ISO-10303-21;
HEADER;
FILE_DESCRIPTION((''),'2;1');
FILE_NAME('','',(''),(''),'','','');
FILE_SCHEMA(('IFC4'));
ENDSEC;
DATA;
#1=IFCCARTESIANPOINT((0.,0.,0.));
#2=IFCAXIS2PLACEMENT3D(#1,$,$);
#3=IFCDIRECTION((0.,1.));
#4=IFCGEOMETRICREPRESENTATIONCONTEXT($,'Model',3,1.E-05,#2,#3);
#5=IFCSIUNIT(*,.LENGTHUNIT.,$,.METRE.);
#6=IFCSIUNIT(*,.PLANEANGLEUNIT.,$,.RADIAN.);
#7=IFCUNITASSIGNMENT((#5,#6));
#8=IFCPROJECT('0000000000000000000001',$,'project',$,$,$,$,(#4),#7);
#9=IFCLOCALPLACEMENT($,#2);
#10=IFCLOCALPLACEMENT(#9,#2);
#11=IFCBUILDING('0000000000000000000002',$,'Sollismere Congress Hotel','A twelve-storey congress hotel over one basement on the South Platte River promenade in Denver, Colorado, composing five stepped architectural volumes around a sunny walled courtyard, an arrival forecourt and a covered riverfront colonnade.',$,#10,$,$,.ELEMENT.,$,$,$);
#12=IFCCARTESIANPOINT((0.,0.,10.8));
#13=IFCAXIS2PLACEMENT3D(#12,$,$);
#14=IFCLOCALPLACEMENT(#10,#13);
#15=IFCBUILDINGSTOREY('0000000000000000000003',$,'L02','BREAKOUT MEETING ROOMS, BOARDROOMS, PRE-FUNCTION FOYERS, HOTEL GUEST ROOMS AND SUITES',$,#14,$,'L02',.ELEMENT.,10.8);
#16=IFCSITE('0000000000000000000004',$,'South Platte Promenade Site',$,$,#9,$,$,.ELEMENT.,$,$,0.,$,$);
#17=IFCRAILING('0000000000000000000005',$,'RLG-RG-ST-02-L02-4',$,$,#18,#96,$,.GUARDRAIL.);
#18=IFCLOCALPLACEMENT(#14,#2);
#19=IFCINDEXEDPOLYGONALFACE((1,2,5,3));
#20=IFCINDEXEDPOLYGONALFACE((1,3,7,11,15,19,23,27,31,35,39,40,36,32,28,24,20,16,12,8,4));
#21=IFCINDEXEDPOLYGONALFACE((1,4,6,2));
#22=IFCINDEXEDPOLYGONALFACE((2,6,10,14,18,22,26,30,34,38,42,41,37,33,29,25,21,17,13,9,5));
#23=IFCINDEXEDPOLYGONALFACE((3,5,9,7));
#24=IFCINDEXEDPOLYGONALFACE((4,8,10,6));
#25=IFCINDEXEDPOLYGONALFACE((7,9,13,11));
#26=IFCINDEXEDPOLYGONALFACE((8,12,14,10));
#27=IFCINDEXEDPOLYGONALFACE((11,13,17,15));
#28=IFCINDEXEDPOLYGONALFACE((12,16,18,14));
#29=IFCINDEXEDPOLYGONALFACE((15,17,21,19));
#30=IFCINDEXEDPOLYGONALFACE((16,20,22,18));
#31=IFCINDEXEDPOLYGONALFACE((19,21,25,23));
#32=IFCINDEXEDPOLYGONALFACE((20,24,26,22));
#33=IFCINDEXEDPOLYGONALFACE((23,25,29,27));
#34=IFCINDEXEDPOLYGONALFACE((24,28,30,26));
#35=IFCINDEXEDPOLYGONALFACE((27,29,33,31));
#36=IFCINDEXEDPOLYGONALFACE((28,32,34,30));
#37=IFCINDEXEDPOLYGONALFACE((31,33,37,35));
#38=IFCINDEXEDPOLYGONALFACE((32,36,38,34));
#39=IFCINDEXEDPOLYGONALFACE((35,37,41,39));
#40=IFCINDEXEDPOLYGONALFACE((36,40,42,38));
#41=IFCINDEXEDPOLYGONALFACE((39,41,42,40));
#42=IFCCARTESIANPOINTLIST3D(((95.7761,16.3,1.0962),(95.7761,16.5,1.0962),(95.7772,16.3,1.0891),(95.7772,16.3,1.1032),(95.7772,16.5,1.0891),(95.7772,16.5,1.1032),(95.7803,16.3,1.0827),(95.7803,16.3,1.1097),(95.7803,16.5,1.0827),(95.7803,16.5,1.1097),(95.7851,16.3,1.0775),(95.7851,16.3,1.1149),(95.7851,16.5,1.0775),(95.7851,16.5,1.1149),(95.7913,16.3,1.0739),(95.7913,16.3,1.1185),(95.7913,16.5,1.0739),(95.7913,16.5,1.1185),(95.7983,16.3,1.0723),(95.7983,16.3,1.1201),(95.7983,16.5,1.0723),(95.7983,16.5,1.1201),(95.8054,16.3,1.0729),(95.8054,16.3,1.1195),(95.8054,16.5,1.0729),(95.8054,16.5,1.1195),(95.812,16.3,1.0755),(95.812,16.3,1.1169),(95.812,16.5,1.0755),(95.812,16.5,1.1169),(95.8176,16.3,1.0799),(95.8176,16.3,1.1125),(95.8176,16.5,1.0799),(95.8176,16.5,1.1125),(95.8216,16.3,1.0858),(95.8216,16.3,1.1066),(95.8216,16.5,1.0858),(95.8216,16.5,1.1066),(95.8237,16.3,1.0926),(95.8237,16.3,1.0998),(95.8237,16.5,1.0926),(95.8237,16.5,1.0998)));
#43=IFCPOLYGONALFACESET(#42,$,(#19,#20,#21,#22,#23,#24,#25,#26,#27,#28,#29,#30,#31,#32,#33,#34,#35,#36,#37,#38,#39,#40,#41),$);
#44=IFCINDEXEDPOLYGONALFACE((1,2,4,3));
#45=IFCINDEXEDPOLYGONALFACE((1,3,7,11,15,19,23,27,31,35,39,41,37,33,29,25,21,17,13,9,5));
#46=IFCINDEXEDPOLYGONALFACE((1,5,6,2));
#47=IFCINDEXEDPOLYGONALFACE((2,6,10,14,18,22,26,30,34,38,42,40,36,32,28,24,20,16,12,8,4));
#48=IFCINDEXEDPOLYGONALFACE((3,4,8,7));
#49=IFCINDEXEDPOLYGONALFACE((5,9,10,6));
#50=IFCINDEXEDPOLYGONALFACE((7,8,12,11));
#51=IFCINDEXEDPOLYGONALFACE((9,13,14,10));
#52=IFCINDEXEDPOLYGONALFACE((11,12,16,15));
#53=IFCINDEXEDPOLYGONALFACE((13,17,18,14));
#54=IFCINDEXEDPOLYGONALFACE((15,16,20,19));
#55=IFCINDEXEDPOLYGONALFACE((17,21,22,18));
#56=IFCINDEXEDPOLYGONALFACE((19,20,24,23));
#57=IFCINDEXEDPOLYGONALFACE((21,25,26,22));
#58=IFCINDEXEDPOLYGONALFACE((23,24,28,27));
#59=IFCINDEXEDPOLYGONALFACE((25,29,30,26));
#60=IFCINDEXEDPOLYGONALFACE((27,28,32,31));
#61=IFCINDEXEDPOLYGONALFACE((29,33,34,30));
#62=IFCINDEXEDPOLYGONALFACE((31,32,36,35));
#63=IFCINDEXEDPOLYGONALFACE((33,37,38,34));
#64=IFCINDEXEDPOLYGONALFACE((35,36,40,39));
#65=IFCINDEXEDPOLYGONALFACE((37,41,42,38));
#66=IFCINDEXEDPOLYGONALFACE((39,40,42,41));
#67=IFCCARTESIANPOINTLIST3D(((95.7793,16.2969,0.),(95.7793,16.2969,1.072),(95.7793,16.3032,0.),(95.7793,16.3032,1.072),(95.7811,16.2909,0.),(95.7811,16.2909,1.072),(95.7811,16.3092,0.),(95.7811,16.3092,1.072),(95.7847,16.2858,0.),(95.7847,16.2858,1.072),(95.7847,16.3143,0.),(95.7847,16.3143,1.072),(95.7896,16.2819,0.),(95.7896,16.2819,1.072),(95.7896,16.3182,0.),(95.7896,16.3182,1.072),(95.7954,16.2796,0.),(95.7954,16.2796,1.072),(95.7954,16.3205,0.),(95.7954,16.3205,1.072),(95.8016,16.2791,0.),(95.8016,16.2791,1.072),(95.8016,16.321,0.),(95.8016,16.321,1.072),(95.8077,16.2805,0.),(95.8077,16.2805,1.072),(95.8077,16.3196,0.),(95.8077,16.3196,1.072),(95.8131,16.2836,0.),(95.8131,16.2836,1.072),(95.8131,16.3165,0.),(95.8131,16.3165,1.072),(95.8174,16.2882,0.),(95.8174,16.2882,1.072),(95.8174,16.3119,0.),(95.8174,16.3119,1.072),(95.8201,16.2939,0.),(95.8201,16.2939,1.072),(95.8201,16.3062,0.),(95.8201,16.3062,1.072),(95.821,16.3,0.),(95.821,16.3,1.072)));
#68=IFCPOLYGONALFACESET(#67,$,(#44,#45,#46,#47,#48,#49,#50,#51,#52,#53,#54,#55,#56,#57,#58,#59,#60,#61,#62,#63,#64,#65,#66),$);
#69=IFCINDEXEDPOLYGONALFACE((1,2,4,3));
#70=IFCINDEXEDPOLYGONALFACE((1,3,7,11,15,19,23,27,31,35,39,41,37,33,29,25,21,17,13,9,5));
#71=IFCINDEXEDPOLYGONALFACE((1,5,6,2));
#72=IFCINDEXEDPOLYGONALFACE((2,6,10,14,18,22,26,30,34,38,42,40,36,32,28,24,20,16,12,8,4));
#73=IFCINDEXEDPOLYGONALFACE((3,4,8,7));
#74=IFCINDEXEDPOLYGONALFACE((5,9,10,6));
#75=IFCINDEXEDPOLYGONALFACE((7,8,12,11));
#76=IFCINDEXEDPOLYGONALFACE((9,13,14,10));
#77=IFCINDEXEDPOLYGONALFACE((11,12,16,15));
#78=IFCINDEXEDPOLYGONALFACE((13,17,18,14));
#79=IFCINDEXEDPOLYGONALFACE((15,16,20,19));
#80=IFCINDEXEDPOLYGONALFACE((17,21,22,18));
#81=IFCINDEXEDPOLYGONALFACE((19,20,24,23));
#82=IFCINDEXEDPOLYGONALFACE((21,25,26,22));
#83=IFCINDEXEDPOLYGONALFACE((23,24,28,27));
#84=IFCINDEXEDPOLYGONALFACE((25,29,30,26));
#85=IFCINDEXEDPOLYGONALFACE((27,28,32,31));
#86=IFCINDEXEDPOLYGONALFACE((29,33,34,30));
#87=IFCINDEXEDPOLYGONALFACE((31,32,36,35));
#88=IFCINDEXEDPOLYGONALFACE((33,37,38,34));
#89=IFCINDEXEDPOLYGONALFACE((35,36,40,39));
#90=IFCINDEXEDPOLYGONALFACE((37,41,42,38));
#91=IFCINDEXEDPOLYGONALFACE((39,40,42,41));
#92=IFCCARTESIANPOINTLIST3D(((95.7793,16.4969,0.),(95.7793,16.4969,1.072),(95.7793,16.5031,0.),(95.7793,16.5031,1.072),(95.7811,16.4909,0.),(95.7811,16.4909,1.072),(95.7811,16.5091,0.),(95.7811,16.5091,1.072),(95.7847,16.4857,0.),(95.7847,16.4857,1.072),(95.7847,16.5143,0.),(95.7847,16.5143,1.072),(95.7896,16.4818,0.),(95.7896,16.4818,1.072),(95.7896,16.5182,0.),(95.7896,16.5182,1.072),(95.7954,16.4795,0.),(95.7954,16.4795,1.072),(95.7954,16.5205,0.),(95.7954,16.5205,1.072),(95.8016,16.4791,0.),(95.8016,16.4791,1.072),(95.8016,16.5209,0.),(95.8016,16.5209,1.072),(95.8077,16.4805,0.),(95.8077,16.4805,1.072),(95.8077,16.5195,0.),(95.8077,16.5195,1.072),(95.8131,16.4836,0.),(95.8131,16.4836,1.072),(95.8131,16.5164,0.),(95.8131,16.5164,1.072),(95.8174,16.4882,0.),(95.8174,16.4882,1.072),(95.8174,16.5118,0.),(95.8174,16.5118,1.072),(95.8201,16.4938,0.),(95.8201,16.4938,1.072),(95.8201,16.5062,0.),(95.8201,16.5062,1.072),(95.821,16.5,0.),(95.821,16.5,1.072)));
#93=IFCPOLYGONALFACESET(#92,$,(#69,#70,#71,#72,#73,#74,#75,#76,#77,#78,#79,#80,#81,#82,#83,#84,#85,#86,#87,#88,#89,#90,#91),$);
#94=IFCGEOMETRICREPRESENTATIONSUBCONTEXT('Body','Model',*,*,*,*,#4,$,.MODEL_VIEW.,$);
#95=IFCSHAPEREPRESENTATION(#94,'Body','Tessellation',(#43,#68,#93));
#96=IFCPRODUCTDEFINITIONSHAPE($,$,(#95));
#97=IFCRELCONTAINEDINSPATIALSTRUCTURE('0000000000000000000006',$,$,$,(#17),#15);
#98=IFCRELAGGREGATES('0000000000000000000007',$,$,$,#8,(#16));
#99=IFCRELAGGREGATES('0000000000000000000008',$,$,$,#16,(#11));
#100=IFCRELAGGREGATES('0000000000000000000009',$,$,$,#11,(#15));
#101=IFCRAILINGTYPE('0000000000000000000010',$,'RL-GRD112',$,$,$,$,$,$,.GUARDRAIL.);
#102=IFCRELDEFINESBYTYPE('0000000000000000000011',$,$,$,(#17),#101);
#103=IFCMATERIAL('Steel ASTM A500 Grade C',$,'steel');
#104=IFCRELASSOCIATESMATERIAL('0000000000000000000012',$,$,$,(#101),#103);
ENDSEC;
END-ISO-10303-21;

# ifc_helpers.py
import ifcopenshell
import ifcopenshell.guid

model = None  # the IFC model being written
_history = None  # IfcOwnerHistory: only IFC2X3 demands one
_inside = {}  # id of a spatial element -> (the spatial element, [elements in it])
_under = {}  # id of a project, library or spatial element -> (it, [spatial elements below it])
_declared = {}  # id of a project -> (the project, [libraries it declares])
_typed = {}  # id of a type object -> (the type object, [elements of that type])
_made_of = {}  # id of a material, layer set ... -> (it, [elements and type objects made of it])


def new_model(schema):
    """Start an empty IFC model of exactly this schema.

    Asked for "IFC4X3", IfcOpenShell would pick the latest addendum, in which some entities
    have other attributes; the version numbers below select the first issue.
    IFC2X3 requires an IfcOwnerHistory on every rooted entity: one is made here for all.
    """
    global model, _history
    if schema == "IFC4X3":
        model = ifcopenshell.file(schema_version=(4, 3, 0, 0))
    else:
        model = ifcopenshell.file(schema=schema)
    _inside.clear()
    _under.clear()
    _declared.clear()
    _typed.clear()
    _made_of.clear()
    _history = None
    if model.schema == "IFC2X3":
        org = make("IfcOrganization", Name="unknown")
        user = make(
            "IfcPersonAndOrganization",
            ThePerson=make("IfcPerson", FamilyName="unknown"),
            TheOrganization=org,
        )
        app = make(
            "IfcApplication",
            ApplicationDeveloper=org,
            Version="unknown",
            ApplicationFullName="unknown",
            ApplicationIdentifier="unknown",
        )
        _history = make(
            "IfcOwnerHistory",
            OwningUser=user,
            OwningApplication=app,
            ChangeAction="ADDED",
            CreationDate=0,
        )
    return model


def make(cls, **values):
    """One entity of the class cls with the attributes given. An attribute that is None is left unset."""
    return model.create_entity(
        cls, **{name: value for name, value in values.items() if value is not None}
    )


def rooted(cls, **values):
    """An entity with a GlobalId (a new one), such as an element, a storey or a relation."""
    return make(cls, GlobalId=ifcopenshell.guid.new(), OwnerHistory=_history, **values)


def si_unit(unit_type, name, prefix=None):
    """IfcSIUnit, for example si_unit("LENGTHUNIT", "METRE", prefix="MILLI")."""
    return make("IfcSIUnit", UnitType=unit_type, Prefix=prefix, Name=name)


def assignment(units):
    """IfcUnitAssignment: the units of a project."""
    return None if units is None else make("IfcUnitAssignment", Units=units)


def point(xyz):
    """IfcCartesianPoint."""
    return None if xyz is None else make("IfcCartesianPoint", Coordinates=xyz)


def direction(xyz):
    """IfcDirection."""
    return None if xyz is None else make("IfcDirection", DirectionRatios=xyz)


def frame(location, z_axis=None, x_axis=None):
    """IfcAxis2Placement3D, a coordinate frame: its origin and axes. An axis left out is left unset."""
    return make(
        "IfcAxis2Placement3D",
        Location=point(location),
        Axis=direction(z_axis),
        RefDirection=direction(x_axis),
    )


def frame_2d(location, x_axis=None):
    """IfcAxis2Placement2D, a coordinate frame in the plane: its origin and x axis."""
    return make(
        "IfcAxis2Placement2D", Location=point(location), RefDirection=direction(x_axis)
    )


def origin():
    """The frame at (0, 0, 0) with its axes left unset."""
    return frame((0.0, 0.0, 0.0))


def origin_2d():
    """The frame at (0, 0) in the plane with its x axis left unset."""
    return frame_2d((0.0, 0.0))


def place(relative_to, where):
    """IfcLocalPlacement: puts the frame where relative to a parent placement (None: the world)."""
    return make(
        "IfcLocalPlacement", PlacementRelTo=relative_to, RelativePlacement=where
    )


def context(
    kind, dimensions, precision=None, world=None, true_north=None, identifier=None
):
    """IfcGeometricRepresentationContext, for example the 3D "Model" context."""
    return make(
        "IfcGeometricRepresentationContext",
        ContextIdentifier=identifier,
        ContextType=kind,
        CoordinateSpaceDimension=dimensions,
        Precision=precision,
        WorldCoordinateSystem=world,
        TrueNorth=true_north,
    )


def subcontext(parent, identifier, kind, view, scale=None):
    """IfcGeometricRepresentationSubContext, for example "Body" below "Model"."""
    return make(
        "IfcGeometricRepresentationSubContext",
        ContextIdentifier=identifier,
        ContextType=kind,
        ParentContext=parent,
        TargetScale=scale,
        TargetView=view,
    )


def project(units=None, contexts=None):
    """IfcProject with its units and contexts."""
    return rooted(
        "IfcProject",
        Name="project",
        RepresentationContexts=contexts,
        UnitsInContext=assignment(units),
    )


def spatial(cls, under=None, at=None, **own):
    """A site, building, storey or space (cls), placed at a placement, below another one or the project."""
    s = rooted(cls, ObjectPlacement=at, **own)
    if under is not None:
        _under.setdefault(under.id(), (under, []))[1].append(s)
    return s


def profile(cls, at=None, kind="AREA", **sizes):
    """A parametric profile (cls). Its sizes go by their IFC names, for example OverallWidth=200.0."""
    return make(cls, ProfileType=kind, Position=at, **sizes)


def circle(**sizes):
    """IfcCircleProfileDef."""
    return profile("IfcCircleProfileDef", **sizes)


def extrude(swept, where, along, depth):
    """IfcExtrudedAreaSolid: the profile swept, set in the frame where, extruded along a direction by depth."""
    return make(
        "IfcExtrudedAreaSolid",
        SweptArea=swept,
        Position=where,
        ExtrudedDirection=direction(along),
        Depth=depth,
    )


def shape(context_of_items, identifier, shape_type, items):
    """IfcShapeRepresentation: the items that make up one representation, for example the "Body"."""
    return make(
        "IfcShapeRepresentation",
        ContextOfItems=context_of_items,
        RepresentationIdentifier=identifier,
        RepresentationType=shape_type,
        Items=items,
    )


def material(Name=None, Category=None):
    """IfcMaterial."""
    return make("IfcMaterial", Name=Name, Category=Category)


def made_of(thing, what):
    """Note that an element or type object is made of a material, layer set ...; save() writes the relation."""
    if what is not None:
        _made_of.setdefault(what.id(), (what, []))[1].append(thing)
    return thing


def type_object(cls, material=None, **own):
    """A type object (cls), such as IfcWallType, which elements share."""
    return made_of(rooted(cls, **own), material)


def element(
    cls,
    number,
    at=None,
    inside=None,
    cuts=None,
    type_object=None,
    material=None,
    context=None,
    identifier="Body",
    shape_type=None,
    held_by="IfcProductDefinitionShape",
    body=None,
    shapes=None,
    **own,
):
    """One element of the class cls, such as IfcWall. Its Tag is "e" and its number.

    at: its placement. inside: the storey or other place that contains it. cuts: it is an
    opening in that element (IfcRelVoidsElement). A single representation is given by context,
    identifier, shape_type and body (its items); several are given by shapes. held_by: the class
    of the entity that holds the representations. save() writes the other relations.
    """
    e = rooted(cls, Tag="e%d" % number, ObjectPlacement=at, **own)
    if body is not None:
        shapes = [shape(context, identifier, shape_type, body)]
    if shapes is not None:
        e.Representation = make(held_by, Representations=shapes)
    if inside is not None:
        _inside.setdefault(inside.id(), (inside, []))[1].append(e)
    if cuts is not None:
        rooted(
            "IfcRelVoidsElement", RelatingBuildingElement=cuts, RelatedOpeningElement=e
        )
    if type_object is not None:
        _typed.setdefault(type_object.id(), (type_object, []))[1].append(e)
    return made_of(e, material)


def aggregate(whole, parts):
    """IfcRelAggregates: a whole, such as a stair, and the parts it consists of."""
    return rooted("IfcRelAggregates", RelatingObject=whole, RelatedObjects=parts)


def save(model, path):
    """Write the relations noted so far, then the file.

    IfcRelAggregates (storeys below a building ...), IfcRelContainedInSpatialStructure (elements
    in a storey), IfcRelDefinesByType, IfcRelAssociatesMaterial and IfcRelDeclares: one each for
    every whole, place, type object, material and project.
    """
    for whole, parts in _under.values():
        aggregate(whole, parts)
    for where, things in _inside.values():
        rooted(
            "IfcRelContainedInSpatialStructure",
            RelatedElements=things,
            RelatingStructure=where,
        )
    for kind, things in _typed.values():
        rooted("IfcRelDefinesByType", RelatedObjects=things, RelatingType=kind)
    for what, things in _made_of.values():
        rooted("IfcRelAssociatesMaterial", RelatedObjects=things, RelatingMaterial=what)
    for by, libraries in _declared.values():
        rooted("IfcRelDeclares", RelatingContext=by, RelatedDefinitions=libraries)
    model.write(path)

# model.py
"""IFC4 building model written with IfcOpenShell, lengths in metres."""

from ifc_helpers import new_model, si_unit, direction, frame, origin, origin_2d, place, context, subcontext, project, spatial, circle, extrude, material, type_object, element, save


model = new_model("IFC4")

# Units and contexts
model_context = context("Model", 3, precision=1e-05, world=origin(), true_north=direction((0.0, 1.0)))
body_context = subcontext(model_context, "Body", "Model", "MODEL_VIEW")
ifc_project = project(units=[si_unit("LENGTHUNIT", "METRE"), si_unit("PLANEANGLEUNIT", "RADIAN")], contexts=[model_context])

# Site, building, storey
site_placement = place(None, origin())
site = spatial("IfcSite", under=ifc_project, at=site_placement, Name="South Platte Promenade Site", CompositionType="ELEMENT", RefElevation=0.0)
building_placement = place(site_placement, origin())
building = spatial("IfcBuilding", under=site, at=building_placement, Name="Sollismere Congress Hotel", Description="A twelve-storey congress hotel over one basement on the South Platte River promenade in Denver, Colorado, composing five stepped architectural volumes around a sunny walled courtyard, an arrival forecourt and a covered riverfront colonnade.", CompositionType="ELEMENT")
storey_placement = place(building_placement, frame((0.0, 0.0, 10.8)))
storey = spatial("IfcBuildingStorey", under=building, at=storey_placement, Name="L02", Description="BREAKOUT MEETING ROOMS, BOARDROOMS, PRE-FUNCTION FOYERS, HOTEL GUEST ROOMS AND SUITES", LongName="L02", CompositionType="ELEMENT", Elevation=10.8)

# Shared definitions
ifc_material_1 = material(Name="Steel ASTM A500 Grade C", Category="steel")

# Railing
railing_type_1 = type_object("IfcRailingType", Name="RL-GRD112", PredefinedType="GUARDRAIL", material=ifc_material_1)
railing_1_placement = place(storey_placement, frame((95.8, 16.3, 0.0)))
element("IfcRailing", 1, at=railing_1_placement, inside=storey, type_object=railing_type_1, Name="RLG-RG-ST-02-L02-4", PredefinedType="GUARDRAIL", context=body_context, shape_type="SweptSolid", body=[
    extrude(circle(Radius=0.0239, at=origin_2d()), frame((0.0, 0.0, 1.0962), z_axis=(0.0, 1.0, 0.0), x_axis=(-1.0, 0.0, 0.0)), (0.0, 0.0, 1.0), 0.2),
    extrude(circle(Radius=0.021, at=origin_2d()), origin(), (0.0, 0.0, 1.0), 1.072),
    extrude(circle(Radius=0.021, at=origin_2d()), frame((0.0, 0.2, 0.0)), (0.0, 0.0, 1.0), 1.072),
])

save(model, "model.ifc")
